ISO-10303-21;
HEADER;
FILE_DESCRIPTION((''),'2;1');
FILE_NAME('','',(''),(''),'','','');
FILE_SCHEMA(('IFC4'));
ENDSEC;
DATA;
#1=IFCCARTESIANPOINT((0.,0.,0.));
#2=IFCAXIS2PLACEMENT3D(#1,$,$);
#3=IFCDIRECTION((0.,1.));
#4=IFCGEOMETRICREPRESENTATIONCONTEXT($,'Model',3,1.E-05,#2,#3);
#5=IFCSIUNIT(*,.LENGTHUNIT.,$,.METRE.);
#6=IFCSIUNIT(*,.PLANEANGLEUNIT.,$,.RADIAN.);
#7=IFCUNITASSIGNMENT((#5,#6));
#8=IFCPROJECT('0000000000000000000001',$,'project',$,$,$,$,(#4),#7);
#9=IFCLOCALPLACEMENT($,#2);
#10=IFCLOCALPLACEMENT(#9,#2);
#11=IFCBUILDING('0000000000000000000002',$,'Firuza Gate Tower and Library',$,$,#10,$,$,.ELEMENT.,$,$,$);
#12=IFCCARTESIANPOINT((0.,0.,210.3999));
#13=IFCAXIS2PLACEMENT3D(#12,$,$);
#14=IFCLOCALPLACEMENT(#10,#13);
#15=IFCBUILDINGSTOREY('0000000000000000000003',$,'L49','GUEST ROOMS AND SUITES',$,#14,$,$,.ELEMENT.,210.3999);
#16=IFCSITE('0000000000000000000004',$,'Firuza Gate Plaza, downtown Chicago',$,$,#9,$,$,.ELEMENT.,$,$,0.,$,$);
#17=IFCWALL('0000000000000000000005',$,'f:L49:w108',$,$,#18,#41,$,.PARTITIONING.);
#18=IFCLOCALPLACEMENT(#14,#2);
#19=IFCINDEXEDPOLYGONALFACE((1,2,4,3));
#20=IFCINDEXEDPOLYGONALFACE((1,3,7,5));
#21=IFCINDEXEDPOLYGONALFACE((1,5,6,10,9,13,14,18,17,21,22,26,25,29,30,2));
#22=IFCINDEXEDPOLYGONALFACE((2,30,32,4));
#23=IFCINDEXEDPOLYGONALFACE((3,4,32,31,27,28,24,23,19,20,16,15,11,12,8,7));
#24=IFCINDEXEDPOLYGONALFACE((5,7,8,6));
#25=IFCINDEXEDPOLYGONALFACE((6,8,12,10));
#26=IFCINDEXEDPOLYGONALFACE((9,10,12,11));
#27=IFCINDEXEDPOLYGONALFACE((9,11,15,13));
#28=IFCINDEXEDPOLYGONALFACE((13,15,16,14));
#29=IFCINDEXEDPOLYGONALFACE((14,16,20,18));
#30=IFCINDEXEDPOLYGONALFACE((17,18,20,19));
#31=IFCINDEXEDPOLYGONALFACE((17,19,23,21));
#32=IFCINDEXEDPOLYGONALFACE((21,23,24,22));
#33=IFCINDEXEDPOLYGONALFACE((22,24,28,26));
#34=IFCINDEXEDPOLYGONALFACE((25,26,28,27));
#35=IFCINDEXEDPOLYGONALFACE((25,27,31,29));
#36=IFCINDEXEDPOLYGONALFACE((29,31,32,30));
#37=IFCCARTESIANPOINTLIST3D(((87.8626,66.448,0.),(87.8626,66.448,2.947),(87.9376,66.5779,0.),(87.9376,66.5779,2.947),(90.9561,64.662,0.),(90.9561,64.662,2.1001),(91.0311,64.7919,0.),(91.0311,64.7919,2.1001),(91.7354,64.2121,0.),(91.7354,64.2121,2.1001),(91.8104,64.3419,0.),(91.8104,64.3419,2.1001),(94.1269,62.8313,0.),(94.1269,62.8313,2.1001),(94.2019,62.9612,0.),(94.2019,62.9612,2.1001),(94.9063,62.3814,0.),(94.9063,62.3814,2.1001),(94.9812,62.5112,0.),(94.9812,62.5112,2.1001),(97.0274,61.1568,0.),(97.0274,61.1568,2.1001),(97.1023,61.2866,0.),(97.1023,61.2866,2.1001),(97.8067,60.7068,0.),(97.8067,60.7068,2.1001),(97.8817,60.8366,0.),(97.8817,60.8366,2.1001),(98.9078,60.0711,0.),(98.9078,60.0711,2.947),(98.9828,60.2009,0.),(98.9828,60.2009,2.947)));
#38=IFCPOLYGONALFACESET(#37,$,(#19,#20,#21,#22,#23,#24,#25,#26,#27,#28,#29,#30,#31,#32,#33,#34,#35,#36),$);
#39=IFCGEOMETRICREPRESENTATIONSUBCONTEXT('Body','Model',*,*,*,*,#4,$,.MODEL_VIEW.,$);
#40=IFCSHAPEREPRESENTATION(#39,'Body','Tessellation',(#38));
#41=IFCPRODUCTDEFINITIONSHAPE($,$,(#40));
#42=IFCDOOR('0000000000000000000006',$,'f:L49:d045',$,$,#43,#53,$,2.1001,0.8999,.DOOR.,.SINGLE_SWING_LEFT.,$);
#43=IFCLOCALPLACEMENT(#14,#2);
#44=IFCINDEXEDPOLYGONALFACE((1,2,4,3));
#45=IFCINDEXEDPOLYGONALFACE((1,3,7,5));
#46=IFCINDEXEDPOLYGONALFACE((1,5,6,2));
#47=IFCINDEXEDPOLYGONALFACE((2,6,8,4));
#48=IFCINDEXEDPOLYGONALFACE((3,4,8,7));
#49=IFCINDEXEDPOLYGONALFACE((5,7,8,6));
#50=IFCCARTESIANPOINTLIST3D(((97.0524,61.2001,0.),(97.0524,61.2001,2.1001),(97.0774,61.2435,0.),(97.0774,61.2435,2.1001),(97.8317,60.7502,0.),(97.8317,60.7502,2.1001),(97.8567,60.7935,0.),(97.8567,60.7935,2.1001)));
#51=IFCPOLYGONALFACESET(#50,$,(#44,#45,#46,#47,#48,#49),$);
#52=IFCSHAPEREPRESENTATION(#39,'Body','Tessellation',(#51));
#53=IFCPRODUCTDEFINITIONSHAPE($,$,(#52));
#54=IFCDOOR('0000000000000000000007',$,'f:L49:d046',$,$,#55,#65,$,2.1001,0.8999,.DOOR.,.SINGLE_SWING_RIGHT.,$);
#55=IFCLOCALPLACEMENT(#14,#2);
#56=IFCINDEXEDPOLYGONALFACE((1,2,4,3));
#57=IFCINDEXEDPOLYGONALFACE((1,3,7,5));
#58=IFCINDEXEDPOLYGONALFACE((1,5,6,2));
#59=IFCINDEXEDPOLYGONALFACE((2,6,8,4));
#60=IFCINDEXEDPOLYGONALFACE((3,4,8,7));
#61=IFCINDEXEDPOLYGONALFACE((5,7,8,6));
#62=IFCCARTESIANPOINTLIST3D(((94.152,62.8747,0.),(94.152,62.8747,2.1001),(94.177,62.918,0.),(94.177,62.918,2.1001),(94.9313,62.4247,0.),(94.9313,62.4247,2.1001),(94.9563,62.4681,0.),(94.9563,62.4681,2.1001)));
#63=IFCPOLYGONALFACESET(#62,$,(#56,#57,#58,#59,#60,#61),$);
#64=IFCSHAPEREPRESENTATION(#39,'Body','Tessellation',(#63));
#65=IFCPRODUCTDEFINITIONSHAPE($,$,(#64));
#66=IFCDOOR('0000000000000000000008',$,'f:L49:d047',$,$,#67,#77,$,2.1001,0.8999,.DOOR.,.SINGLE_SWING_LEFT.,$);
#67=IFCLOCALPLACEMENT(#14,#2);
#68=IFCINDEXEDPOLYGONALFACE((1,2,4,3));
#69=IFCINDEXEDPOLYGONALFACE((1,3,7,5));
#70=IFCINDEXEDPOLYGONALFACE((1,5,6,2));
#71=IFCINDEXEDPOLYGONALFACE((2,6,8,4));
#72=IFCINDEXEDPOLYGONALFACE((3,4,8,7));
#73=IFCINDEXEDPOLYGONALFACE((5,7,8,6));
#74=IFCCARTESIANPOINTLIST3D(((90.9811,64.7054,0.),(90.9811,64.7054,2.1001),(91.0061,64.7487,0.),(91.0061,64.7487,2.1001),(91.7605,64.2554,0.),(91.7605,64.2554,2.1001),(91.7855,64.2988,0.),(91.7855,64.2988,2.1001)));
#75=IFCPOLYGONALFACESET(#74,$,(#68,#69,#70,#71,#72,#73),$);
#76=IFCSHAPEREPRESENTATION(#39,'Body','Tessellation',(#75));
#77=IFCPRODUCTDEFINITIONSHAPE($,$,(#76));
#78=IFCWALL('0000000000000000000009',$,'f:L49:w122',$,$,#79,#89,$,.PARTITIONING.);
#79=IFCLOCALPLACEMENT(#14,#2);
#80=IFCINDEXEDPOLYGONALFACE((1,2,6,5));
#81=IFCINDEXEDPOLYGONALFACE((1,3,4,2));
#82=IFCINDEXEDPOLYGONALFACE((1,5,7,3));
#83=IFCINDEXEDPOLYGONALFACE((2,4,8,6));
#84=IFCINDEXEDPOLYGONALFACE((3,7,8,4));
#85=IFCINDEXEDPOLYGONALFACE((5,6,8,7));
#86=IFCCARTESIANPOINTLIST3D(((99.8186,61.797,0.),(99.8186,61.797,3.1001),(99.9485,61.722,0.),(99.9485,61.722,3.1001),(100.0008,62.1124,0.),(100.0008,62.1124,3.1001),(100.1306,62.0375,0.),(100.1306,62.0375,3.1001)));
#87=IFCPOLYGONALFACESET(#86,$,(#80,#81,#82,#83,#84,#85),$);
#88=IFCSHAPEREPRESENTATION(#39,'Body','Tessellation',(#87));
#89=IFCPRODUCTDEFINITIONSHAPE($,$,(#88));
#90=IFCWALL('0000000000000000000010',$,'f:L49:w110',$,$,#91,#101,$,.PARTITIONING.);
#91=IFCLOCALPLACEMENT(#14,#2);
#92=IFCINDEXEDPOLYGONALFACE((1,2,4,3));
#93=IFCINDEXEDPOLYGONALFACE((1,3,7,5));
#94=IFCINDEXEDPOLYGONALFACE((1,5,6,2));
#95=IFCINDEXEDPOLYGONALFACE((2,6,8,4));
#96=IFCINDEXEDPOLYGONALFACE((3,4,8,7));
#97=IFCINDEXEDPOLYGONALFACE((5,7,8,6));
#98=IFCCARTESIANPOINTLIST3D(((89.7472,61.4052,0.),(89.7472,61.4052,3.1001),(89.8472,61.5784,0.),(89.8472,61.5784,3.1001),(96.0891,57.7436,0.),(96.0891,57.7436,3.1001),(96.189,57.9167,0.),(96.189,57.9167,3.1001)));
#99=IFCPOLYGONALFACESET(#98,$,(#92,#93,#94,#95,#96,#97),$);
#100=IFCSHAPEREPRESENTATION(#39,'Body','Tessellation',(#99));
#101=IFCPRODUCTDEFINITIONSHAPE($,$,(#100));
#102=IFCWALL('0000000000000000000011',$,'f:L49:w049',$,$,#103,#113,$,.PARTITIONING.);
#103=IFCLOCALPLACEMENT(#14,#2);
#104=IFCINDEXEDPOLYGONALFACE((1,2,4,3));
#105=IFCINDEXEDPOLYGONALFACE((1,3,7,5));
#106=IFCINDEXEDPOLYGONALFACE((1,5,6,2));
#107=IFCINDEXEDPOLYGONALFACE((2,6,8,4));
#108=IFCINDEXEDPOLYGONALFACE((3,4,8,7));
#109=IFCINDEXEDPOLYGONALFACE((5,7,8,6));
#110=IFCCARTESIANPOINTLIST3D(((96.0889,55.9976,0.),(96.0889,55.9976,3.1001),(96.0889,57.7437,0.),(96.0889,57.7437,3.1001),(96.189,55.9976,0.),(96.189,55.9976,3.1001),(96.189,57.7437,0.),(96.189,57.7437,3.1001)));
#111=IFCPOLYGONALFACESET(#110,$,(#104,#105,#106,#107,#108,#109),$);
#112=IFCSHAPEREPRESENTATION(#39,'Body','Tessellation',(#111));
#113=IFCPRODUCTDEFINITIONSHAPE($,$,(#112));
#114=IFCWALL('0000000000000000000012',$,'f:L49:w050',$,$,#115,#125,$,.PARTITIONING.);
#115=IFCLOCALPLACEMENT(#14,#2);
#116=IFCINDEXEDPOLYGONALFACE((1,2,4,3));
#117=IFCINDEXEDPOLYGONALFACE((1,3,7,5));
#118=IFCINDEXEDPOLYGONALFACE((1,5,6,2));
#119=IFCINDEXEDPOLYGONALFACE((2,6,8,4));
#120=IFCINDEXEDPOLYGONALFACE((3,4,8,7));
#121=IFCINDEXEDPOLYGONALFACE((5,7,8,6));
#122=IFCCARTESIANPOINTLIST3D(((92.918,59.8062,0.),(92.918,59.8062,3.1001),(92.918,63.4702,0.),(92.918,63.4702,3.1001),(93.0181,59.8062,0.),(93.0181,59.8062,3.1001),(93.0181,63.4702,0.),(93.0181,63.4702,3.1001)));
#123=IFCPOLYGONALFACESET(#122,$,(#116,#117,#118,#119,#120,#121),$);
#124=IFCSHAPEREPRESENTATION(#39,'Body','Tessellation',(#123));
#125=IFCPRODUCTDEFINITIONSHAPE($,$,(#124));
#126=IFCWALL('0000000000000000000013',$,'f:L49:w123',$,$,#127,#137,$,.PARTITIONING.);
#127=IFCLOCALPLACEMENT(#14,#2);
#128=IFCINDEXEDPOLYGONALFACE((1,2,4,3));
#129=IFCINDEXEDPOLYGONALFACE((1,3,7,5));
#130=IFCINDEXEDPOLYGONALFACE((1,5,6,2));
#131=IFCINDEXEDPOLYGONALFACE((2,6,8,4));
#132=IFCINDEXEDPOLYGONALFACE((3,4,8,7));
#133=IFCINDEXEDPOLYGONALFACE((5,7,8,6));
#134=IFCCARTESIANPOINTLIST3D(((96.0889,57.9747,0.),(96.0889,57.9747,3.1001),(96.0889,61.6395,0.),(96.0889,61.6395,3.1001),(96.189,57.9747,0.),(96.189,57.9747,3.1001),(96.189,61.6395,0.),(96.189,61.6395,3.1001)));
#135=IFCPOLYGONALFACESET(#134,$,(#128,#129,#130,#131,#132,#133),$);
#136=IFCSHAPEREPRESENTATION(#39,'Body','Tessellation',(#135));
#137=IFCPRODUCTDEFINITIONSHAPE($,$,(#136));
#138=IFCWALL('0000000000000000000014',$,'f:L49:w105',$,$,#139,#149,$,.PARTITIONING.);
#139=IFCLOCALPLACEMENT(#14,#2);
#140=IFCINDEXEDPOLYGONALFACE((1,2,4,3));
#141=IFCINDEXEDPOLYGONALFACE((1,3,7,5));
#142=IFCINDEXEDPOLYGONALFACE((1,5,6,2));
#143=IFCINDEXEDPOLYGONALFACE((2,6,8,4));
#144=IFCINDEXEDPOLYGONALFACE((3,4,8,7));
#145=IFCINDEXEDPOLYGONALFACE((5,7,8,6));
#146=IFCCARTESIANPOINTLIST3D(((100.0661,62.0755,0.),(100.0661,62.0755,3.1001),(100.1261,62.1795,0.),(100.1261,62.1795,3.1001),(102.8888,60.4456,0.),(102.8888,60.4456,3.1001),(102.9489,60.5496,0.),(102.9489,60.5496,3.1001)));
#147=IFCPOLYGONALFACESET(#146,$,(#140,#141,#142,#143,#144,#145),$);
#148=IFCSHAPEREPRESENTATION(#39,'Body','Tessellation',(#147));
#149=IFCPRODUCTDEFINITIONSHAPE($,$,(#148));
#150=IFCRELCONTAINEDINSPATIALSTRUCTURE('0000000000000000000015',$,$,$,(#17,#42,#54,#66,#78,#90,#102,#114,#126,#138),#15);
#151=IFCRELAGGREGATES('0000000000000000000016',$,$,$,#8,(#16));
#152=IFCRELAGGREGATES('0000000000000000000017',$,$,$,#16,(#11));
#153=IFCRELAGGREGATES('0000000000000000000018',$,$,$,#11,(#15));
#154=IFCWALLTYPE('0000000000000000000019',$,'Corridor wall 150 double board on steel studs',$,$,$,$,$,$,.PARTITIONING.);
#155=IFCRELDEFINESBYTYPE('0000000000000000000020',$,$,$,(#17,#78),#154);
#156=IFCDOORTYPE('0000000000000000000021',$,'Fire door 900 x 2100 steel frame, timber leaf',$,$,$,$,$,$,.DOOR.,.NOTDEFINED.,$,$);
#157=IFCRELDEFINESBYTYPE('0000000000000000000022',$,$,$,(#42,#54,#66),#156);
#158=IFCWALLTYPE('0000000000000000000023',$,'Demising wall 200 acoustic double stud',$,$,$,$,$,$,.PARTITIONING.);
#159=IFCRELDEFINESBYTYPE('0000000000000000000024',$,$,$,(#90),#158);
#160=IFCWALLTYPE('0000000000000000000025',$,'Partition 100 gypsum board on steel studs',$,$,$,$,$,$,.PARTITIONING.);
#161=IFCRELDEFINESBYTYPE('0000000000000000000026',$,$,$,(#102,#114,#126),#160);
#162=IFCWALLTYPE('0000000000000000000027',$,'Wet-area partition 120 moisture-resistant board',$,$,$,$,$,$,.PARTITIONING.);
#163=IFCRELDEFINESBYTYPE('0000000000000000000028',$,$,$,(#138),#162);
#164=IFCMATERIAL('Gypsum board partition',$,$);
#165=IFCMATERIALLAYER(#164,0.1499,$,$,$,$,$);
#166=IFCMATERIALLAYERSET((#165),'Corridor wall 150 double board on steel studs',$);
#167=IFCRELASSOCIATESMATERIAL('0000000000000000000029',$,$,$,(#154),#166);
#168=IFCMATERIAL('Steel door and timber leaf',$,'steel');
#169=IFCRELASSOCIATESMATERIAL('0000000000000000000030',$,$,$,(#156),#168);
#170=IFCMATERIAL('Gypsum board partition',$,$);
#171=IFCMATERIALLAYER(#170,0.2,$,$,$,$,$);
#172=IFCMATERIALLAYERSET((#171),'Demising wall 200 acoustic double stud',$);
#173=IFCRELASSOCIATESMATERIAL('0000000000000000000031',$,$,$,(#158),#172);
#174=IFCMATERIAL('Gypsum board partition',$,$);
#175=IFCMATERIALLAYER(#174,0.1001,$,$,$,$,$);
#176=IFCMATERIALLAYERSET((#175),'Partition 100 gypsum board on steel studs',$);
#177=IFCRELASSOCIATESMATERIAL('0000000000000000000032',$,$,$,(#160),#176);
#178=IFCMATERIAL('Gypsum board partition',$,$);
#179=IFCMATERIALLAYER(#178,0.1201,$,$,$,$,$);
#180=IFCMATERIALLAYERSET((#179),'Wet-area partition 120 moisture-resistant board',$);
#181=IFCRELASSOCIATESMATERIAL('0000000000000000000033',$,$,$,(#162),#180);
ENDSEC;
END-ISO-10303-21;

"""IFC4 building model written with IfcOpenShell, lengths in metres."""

from ifc_helpers import new_model, si_unit, direction, frame, frame_2d, origin, place, context, subcontext, project, spatial, rectangle, extrude, material, layer, layer_set, type_object, element, fill, save


model = new_model("IFC4")

# Units and contexts
model_context = context("Model", 3, precision=1e-05, world=origin(), true_north=direction((0.0, 1.0)))
body_context = subcontext(model_context, "Body", "Model", "MODEL_VIEW")
ifc_project = project(units=[si_unit("LENGTHUNIT", "METRE"), si_unit("PLANEANGLEUNIT", "RADIAN")], contexts=[model_context])

# Site, building, storey
site_placement = place(None, origin())
site = spatial("IfcSite", under=ifc_project, at=site_placement, Name="Firuza Gate Plaza, downtown Chicago", CompositionType="ELEMENT", RefElevation=0.0)
building_placement = place(site_placement, origin())
building = spatial("IfcBuilding", under=site, at=building_placement, Name="Firuza Gate Tower and Library", CompositionType="ELEMENT")
storey_placement = place(building_placement, frame((0.0, 0.0, 210.3999)))
storey = spatial("IfcBuildingStorey", under=building, at=storey_placement, Name="L49", Description="GUEST ROOMS AND SUITES", CompositionType="ELEMENT", Elevation=210.3999)

# Shared definitions
ifc_material_1 = material(Name="Gypsum board partition")
ifc_layer_1 = layer(ifc_material_1, 0.1499)
ifc_layer_set_1 = layer_set([ifc_layer_1], Name="Corridor wall 150 double board on steel studs")
wall_type_1 = type_object("IfcWallType", Name="Corridor wall 150 double board on steel studs", PredefinedType="PARTITIONING", material=ifc_layer_set_1)

# Wall, openings, doors
wall_1_placement = place(storey_placement, frame((98.9453, 60.136, 0.0), z_axis=(0.0, 0.0, 1.0), x_axis=(-0.866025, 0.500001, 0.0)))
wall_1 = element("IfcWall", 1, at=wall_1_placement, inside=storey, type_object=wall_type_1, Name="f:L49:w108", PredefinedType="PARTITIONING", context=body_context, shape_type="SweptSolid", body=[
    extrude(rectangle(XDim=12.7539, YDim=0.1499, at=frame_2d((6.377, 0.0))), origin(), (0.0, 0.0, 1.0), 2.947),
])
opening_1_placement = place(wall_1_placement, frame((1.2715, 0.0, 0.0)))
opening_1 = element("IfcOpeningElement", 2, at=opening_1_placement, cuts=wall_1, PredefinedType="OPENING", context=body_context, shape_type="SweptSolid", body=[
    extrude(rectangle(XDim=0.8999, YDim=2.1001, at=frame_2d((0.45, 1.05))), frame((0.0, 0.085, 0.0), z_axis=(0.0, -1.0, 0.0), x_axis=(1.0, 0.0, 0.0)), (0.0, 0.0, 1.0), 0.1699),
])
opening_2_placement = place(wall_1_placement, frame((4.6206, 0.0, 0.0)))
opening_2 = element("IfcOpeningElement", 3, at=opening_2_placement, cuts=wall_1, PredefinedType="OPENING", context=body_context, shape_type="SweptSolid", body=[
    extrude(rectangle(XDim=0.8999, YDim=2.1001, at=frame_2d((0.45, 1.05))), frame((0.0, 0.085, 0.0), z_axis=(0.0, -1.0, 0.0), x_axis=(1.0, 0.0, 0.0)), (0.0, 0.0, 1.0), 0.1699),
])
opening_3_placement = place(wall_1_placement, frame((8.282, 0.0, 0.0)))
opening_3 = element("IfcOpeningElement", 4, at=opening_3_placement, cuts=wall_1, PredefinedType="OPENING", context=body_context, shape_type="SweptSolid", body=[
    extrude(rectangle(XDim=0.8999, YDim=2.1001, at=frame_2d((0.45, 1.05))), frame((0.0, 0.085, 0.0), z_axis=(0.0, -1.0, 0.0), x_axis=(1.0, 0.0, 0.0)), (0.0, 0.0, 1.0), 0.1699),
])
ifc_material_2 = material(Name="Steel door and timber leaf", Category="steel")
door_type = type_object("IfcDoorType", Name="Fire door 900 x 2100 steel frame, timber leaf", OperationType="NOTDEFINED", PredefinedType="DOOR", material=ifc_material_2)
door_1_placement = place(opening_1_placement, origin())
door_1 = element("IfcDoor", 5, at=door_1_placement, inside=storey, type_object=door_type, Name="f:L49:d045", OperationType="SINGLE_SWING_LEFT", OverallHeight=2.1001, OverallWidth=0.8999, PredefinedType="DOOR", context=body_context, shape_type="SweptSolid", body=[
    extrude(rectangle(XDim=0.8999, YDim=2.1001, at=frame_2d((0.45, 1.05))), frame((0.0, 0.0249, 0.0), z_axis=(0.0, -1.0, 0.0), x_axis=(1.0, 0.0, 0.0)), (0.0, 0.0, 1.0), 0.05),
])
fill(opening_1, door_1)
door_2_placement = place(opening_2_placement, origin())
door_2 = element("IfcDoor", 6, at=door_2_placement, inside=storey, type_object=door_type, Name="f:L49:d046", OperationType="SINGLE_SWING_RIGHT", OverallHeight=2.1001, OverallWidth=0.8999, PredefinedType="DOOR", context=body_context, shape_type="SweptSolid", body=[
    extrude(rectangle(XDim=0.8999, YDim=2.1001, at=frame_2d((0.45, 1.05))), frame((0.0, 0.0249, 0.0), z_axis=(0.0, -1.0, 0.0), x_axis=(1.0, 0.0, 0.0)), (0.0, 0.0, 1.0), 0.05),
])
fill(opening_2, door_2)
door_3_placement = place(opening_3_placement, origin())
door_3 = element("IfcDoor", 7, at=door_3_placement, inside=storey, type_object=door_type, Name="f:L49:d047", OperationType="SINGLE_SWING_LEFT", OverallHeight=2.1001, OverallWidth=0.8999, PredefinedType="DOOR", context=body_context, shape_type="SweptSolid", body=[
    extrude(rectangle(XDim=0.8999, YDim=2.1001, at=frame_2d((0.45, 1.05))), frame((0.0, 0.0249, 0.0), z_axis=(0.0, -1.0, 0.0), x_axis=(1.0, 0.0, 0.0)), (0.0, 0.0, 1.0), 0.05),
])
fill(opening_3, door_3)

# Walls
wall_2_placement = place(storey_placement, frame((99.8835, 61.7595, 0.0), z_axis=(0.0, 0.0, 1.0), x_axis=(0.500032, 0.866007, 0.0)))
element("IfcWall", 8, at=wall_2_placement, inside=storey, type_object=wall_type_1, Name="f:L49:w122", PredefinedType="PARTITIONING", context=body_context, shape_type="SweptSolid", body=[
    extrude(rectangle(XDim=0.3643, YDim=0.1499, at=frame_2d((0.1821, 0.0))), origin(), (0.0, 0.0, 1.0), 3.1001),
])
ifc_material_3 = material(Name="Gypsum board partition")
ifc_layer_2 = layer(ifc_material_3, 0.2)
ifc_layer_set_2 = layer_set([ifc_layer_2], Name="Demising wall 200 acoustic double stud")
wall_type_2 = type_object("IfcWallType", Name="Demising wall 200 acoustic double stud", PredefinedType="PARTITIONING", material=ifc_layer_set_2)
wall_3_placement = place(storey_placement, frame((96.1392, 57.8301, 0.0), z_axis=(0.0, 0.0, 1.0), x_axis=(-0.866015, 0.500019, 0.0)))
element("IfcWall", 9, at=wall_3_placement, inside=storey, type_object=wall_type_2, Name="f:L49:w110", PredefinedType="PARTITIONING", context=body_context, shape_type="SweptSolid", body=[
    extrude(rectangle(XDim=7.323, YDim=0.2, at=frame_2d((3.6616, 0.0))), origin(), (0.0, 0.0, 1.0), 3.1001),
])
ifc_material_4 = material(Name="Gypsum board partition")
ifc_layer_3 = layer(ifc_material_4, 0.1001)
ifc_layer_set_3 = layer_set([ifc_layer_3], Name="Partition 100 gypsum board on steel studs")
wall_type_3 = type_object("IfcWallType", Name="Partition 100 gypsum board on steel studs", PredefinedType="PARTITIONING", material=ifc_layer_set_3)
wall_4_placement = place(storey_placement, frame((96.1389, 55.9976, 0.0), z_axis=(0.0, 0.0, 1.0), x_axis=(0.0, 1.0, 0.0)))
element("IfcWall", 10, at=wall_4_placement, inside=storey, type_object=wall_type_3, Name="f:L49:w049", PredefinedType="PARTITIONING", context=body_context, shape_type="SweptSolid", body=[
    extrude(rectangle(XDim=1.7461, YDim=0.1001, at=frame_2d((0.873, 0.0))), origin(), (0.0, 0.0, 1.0), 3.1001),
])
wall_5_placement = place(storey_placement, frame((92.968, 59.8062, 0.0), z_axis=(0.0, 0.0, 1.0), x_axis=(0.0, 1.0, 0.0)))
element("IfcWall", 11, at=wall_5_placement, inside=storey, type_object=wall_type_3, Name="f:L49:w050", PredefinedType="PARTITIONING", context=body_context, shape_type="SweptSolid", body=[
    extrude(rectangle(XDim=3.6641, YDim=0.1001, at=frame_2d((1.832, 0.0))), origin(), (0.0, 0.0, 1.0), 3.1001),
])
wall_6_placement = place(storey_placement, frame((96.1389, 57.9746, 0.0), z_axis=(0.0, 0.0, 1.0), x_axis=(0.0, 1.0, 0.0)))
element("IfcWall", 12, at=wall_6_placement, inside=storey, type_object=wall_type_3, Name="f:L49:w123", PredefinedType="PARTITIONING", context=body_context, shape_type="SweptSolid", body=[
    extrude(rectangle(XDim=3.6648, YDim=0.1001, at=frame_2d((1.8325, 0.0))), origin(), (0.0, 0.0, 1.0), 3.1001),
])
ifc_material_5 = material(Name="Gypsum board partition")
ifc_layer_4 = layer(ifc_material_5, 0.1201)
ifc_layer_set_4 = layer_set([ifc_layer_4], Name="Wet-area partition 120 moisture-resistant board")
wall_type_4 = type_object("IfcWallType", Name="Wet-area partition 120 moisture-resistant board", PredefinedType="PARTITIONING", material=ifc_layer_set_4)
wall_7_placement = place(storey_placement, frame((102.9189, 60.4976, 0.0), z_axis=(0.0, 0.0, 1.0), x_axis=(-0.866003, 0.500038, 0.0)))
element("IfcWall", 13, at=wall_7_placement, inside=storey, type_object=wall_type_4, Name="f:L49:w105", PredefinedType="PARTITIONING", context=body_context, shape_type="SweptSolid", body=[
    extrude(rectangle(XDim=3.2595, YDim=0.1201, at=frame_2d((1.6299, 0.0))), origin(), (0.0, 0.0, 1.0), 3.1001),
])

save(model, "model.ifc")
